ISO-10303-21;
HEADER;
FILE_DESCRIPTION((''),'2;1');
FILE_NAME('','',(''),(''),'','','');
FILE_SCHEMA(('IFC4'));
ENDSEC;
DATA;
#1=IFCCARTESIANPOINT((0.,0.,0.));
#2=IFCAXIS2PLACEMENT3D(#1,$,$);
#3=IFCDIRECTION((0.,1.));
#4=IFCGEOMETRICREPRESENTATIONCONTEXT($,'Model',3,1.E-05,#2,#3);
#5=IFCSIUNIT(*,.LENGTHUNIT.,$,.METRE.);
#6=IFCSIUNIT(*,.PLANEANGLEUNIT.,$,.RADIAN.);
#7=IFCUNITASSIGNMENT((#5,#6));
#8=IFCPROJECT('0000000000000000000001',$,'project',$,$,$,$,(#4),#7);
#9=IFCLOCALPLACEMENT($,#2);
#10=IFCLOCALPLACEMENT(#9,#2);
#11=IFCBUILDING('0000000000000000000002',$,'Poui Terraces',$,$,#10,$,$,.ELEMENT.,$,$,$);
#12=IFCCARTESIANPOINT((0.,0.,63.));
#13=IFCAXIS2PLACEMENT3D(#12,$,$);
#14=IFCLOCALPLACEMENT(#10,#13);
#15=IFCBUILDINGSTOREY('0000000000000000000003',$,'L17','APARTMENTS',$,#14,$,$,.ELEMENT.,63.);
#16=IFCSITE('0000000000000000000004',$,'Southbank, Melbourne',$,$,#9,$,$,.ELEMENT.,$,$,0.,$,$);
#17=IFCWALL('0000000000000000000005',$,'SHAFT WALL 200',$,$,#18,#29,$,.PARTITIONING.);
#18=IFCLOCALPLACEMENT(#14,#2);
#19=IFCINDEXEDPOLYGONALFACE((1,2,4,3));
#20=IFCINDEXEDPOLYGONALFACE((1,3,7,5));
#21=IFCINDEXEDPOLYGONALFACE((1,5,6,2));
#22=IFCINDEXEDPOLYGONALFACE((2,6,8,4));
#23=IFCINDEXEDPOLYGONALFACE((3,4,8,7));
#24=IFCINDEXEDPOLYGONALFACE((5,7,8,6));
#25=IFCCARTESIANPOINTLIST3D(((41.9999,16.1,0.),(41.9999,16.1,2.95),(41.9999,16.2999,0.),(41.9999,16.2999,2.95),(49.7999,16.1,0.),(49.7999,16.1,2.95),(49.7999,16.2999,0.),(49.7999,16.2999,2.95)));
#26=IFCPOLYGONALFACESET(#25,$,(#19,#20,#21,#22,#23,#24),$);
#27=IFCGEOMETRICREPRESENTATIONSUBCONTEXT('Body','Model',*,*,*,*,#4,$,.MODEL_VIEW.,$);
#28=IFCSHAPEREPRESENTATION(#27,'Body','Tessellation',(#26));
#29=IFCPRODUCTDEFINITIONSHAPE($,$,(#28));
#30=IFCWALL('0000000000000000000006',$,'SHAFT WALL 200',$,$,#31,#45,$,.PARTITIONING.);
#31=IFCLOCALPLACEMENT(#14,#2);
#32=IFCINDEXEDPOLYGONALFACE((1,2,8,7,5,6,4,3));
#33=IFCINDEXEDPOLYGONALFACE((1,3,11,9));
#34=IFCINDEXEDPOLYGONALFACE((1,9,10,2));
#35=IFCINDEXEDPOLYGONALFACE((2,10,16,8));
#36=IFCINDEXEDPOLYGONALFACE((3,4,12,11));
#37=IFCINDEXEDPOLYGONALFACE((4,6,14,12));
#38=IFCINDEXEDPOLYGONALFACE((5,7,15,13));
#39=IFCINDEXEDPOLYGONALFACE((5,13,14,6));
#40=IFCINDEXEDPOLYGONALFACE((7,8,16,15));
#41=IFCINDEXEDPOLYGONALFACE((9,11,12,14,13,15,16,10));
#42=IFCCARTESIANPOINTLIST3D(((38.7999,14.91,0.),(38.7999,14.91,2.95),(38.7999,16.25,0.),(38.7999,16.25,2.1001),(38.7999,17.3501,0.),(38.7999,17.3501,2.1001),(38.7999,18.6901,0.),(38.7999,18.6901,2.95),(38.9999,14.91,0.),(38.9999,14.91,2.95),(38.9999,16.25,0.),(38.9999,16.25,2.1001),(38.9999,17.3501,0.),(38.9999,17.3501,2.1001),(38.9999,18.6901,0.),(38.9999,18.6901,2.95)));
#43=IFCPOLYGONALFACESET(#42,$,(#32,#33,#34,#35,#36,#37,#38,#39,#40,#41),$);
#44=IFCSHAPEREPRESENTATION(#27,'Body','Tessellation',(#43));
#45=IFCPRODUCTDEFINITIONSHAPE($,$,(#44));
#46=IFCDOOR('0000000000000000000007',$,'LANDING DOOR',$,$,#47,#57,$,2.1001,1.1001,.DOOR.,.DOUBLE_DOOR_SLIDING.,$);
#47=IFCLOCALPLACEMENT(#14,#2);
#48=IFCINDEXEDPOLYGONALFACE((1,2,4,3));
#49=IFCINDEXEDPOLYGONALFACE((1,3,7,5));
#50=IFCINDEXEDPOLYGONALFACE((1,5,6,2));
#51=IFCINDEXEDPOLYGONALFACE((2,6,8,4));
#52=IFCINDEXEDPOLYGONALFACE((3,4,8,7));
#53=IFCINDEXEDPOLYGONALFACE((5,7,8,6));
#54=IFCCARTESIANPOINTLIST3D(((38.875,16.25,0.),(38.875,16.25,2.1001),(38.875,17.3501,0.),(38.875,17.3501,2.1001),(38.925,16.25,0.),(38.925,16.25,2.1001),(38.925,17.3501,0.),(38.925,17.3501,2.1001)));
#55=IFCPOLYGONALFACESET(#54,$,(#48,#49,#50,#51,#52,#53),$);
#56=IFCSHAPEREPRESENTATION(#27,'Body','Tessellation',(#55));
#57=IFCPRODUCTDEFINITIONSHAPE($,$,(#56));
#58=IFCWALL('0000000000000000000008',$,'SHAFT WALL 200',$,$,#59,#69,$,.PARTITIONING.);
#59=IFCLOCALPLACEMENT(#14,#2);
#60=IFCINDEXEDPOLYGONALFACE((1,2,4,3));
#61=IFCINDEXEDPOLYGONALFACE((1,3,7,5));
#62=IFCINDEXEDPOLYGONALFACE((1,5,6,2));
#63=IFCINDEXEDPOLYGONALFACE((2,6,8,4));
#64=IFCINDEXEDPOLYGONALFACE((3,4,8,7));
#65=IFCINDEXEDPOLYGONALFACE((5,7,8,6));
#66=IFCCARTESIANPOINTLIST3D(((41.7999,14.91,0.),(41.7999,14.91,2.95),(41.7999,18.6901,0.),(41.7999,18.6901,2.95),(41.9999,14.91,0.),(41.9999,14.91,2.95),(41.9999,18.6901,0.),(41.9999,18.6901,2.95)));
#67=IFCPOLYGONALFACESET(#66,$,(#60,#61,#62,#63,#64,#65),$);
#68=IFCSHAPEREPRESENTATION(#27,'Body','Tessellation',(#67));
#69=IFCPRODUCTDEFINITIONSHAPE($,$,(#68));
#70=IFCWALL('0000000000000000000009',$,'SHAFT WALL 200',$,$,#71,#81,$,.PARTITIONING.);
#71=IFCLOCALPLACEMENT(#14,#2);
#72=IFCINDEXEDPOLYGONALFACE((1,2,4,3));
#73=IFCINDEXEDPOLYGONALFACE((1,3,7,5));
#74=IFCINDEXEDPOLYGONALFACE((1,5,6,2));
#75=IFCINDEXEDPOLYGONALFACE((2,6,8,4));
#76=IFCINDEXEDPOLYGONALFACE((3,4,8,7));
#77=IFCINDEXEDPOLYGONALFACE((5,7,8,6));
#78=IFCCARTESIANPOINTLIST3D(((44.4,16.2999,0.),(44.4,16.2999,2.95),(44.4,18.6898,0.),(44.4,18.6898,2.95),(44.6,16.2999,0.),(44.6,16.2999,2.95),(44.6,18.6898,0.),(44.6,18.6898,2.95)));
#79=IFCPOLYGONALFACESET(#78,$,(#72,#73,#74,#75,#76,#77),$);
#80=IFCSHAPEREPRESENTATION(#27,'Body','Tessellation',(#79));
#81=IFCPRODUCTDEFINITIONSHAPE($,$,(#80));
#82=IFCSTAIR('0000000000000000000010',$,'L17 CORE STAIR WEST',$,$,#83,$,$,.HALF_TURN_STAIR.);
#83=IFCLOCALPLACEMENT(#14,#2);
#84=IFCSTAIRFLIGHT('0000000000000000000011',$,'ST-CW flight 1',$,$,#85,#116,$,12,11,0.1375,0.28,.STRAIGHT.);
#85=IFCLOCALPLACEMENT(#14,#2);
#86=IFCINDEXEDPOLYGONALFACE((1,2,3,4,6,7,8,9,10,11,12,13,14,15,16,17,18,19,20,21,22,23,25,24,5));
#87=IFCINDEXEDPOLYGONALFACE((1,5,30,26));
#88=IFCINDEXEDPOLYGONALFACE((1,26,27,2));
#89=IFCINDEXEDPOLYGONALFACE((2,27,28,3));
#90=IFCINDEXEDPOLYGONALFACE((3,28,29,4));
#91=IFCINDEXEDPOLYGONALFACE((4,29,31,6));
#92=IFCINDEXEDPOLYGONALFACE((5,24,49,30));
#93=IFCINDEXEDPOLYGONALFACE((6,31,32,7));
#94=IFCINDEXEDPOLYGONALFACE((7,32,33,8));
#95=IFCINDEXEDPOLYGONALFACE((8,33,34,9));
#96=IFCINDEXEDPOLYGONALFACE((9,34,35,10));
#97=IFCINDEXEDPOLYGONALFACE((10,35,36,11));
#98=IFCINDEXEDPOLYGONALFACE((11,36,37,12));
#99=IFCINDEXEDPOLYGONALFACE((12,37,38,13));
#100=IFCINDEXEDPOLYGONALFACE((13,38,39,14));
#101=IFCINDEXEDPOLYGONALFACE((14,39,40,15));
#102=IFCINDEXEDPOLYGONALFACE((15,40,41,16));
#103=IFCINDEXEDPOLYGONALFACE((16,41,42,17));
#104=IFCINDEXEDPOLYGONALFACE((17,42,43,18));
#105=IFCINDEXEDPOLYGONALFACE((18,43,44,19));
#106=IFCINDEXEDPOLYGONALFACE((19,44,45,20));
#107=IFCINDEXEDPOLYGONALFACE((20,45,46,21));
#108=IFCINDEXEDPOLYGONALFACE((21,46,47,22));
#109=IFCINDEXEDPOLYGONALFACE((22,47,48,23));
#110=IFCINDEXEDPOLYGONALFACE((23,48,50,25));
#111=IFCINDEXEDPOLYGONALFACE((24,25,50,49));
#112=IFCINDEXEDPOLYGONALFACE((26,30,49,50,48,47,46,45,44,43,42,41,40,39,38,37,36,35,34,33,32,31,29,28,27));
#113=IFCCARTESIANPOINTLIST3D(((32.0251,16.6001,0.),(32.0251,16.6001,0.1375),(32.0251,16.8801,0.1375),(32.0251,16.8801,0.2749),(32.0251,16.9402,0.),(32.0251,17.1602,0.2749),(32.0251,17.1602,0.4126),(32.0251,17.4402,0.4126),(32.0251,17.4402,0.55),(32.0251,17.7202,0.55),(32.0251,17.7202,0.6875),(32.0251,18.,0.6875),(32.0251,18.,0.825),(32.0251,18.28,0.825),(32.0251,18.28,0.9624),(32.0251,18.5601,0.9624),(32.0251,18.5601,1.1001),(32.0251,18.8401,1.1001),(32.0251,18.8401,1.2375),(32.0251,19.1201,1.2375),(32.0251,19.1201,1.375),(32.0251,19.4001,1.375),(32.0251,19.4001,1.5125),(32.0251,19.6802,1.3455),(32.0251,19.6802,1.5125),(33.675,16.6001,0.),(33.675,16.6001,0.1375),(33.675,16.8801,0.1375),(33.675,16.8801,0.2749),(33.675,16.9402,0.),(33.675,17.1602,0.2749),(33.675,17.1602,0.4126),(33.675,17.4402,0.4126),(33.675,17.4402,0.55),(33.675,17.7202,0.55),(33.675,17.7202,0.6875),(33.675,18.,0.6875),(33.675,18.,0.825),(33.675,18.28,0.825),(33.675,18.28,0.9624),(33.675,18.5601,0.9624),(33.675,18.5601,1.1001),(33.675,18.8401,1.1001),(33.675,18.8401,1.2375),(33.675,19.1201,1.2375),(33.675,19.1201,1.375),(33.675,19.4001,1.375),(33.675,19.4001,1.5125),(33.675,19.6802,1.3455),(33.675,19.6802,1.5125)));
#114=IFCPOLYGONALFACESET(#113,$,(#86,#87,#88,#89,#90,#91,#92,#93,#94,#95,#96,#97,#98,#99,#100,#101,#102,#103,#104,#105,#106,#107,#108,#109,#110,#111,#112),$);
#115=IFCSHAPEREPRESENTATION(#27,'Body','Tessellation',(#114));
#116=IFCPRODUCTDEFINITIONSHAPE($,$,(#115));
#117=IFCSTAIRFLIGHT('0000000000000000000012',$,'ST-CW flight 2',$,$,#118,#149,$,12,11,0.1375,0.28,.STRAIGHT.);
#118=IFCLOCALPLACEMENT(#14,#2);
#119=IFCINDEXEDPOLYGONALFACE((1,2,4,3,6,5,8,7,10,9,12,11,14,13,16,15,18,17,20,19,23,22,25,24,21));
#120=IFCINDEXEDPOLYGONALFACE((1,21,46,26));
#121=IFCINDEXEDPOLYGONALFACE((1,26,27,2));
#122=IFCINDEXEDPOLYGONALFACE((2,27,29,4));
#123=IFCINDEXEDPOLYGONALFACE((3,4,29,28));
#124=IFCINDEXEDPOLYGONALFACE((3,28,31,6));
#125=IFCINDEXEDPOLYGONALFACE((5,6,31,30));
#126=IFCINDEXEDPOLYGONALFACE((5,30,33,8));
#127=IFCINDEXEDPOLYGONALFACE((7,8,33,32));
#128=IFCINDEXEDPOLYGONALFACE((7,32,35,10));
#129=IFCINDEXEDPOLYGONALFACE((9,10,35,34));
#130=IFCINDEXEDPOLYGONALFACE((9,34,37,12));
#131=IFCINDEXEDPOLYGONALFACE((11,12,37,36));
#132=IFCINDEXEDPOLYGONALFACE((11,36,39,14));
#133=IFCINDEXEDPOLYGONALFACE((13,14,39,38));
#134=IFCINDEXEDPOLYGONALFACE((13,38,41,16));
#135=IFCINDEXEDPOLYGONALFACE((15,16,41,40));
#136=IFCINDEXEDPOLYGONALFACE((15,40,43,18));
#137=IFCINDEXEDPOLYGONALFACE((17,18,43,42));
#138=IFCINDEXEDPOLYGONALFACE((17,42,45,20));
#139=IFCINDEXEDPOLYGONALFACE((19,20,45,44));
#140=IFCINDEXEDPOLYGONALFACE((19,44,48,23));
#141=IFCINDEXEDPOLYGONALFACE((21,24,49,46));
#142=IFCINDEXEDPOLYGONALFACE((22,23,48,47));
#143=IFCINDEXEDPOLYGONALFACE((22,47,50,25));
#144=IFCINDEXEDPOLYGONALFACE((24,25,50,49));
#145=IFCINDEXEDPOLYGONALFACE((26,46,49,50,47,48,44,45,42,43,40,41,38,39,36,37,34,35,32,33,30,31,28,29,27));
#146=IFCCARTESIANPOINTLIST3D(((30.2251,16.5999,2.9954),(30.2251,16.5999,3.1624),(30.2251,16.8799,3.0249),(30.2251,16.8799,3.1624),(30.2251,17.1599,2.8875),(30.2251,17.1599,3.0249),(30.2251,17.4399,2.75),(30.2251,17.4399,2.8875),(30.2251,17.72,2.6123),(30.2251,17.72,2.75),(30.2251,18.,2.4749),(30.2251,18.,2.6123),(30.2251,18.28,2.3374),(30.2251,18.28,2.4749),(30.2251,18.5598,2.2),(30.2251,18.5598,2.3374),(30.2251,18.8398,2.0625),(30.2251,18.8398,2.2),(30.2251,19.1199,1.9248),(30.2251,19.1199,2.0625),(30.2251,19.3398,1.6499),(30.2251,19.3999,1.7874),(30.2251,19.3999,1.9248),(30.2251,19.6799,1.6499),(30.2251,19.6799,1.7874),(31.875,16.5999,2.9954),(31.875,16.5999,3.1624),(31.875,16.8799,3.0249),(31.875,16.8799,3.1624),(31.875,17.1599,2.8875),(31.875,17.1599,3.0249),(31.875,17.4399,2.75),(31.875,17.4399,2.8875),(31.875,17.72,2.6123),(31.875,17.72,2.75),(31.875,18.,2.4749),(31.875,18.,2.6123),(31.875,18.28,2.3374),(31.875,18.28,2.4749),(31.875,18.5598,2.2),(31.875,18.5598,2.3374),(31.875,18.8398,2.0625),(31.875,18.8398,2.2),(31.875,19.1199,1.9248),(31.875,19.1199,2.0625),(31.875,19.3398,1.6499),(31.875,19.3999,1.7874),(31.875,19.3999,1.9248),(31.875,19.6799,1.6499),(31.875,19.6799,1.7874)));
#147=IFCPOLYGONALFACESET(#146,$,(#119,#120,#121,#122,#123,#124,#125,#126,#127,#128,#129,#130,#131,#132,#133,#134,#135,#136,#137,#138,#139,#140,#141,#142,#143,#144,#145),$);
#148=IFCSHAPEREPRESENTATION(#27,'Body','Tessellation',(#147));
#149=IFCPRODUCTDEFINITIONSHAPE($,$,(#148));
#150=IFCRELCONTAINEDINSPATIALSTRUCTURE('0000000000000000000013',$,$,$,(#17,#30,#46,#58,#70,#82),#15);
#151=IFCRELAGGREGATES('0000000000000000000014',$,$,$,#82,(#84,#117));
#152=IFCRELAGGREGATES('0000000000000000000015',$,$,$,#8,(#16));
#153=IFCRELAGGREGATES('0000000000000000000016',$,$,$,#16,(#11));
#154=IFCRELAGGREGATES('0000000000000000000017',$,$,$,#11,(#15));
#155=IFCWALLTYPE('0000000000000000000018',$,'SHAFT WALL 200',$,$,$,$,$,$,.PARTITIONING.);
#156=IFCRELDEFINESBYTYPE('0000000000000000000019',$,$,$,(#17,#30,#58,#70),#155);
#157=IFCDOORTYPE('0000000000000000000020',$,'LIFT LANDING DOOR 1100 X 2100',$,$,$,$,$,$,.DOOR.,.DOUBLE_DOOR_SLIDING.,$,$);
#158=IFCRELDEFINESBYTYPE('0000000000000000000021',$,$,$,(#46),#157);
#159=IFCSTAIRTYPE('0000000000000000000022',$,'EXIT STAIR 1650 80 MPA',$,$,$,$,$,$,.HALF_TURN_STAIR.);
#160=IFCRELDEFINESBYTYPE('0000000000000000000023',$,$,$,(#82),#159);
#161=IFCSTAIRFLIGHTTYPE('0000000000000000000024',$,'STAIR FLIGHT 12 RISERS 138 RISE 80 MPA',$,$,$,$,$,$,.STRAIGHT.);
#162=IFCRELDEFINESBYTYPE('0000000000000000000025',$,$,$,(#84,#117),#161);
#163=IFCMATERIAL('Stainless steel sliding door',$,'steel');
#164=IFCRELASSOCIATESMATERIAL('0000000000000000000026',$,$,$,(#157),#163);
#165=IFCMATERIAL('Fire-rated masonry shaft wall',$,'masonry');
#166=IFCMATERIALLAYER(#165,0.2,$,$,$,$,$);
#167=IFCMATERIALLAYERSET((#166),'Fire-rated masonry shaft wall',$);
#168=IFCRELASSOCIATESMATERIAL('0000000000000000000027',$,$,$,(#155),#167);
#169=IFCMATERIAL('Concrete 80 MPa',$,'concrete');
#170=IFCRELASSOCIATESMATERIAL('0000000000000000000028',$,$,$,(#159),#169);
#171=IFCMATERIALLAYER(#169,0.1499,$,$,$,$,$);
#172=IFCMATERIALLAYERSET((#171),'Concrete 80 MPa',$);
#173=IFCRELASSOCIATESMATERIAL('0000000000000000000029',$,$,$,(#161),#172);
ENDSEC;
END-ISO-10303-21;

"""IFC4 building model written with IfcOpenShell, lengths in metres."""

from ifc_helpers import new_model, si_unit, direction, frame, frame_2d, origin, place, context, subcontext, project, spatial, polyline, rectangle, outline, extrude, material, layer, layer_set, type_object, element, fill, aggregate, save


model = new_model("IFC4")

# Units and contexts
model_context = context("Model", 3, precision=1e-05, world=origin(), true_north=direction((0.0, 1.0)))
body_context = subcontext(model_context, "Body", "Model", "MODEL_VIEW")
ifc_project = project(units=[si_unit("LENGTHUNIT", "METRE"), si_unit("PLANEANGLEUNIT", "RADIAN")], contexts=[model_context])

# Site, building, storey
site_placement = place(None, origin())
site = spatial("IfcSite", under=ifc_project, at=site_placement, Name="Southbank, Melbourne", CompositionType="ELEMENT", RefElevation=0.0)
building_placement = place(site_placement, origin())
building = spatial("IfcBuilding", under=site, at=building_placement, Name="Poui Terraces", CompositionType="ELEMENT")
storey_placement = place(building_placement, frame((0.0, 0.0, 63.0)))
storey = spatial("IfcBuildingStorey", under=building, at=storey_placement, Name="L17", Description="APARTMENTS", CompositionType="ELEMENT", Elevation=63.0)

# Shared definitions
ifc_material_1 = material(Name="Concrete 80 MPa", Category="concrete")
ifc_material_2 = material(Name="Stainless steel sliding door", Category="steel")
door_type_1 = type_object("IfcDoorType", Name="LIFT LANDING DOOR 1100 X 2100", OperationType="DOUBLE_DOOR_SLIDING", PredefinedType="DOOR", material=ifc_material_2)

# Wall
ifc_material_3 = material(Name="Fire-rated masonry shaft wall", Category="masonry")
ifc_layer_1 = layer(ifc_material_3, 0.2)
ifc_layer_set_1 = layer_set([ifc_layer_1], Name="Fire-rated masonry shaft wall")
wall_type_1 = type_object("IfcWallType", Name="SHAFT WALL 200", PredefinedType="PARTITIONING", material=ifc_layer_set_1)
wall_1_placement = place(storey_placement, frame((42.0, 16.2, 0.0), z_axis=(0.0, 0.0, 1.0), x_axis=(1.0, 0.0, 0.0)))
element("IfcWall", 1, at=wall_1_placement, inside=storey, type_object=wall_type_1, Name="SHAFT WALL 200", PredefinedType="PARTITIONING", context=body_context, shape_type="SweptSolid", body=[
    extrude(rectangle(XDim=7.8, YDim=0.2, at=frame_2d((3.8999, 0.0))), origin(), (0.0, 0.0, 1.0), 2.95),
])

# Wall, opening, door
wall_2_placement = place(storey_placement, frame((38.8999, 14.9099, 0.0), z_axis=(0.0, 0.0, 1.0), x_axis=(0.0, 1.0, 0.0)))
wall_2 = element("IfcWall", 2, at=wall_2_placement, inside=storey, type_object=wall_type_1, Name="SHAFT WALL 200", PredefinedType="PARTITIONING", context=body_context, shape_type="SweptSolid", body=[
    extrude(rectangle(XDim=3.78, YDim=0.2, at=frame_2d((1.8901, 0.0))), origin(), (0.0, 0.0, 1.0), 2.95),
])
opening_1_placement = place(wall_2_placement, frame((1.3401, 0.0, 0.0)))
opening_1 = element("IfcOpeningElement", 3, at=opening_1_placement, cuts=wall_2, PredefinedType="OPENING", context=body_context, shape_type="SweptSolid", body=[
    extrude(rectangle(XDim=1.1001, YDim=2.1001, at=frame_2d((0.55, 1.05))), frame((0.0, 0.1099, 0.0), z_axis=(0.0, -1.0, 0.0), x_axis=(1.0, 0.0, 0.0)), (0.0, 0.0, 1.0), 0.22),
])
door_1_placement = place(opening_1_placement, origin())
door_1 = element("IfcDoor", 4, at=door_1_placement, inside=storey, type_object=door_type_1, Name="LANDING DOOR", OperationType="DOUBLE_DOOR_SLIDING", OverallHeight=2.1001, OverallWidth=1.1001, PredefinedType="DOOR", context=body_context, shape_type="SweptSolid", body=[
    extrude(rectangle(XDim=1.1001, YDim=2.1001, at=frame_2d((0.55, 1.05))), frame((0.0, 0.0249, 0.0), z_axis=(0.0, -1.0, 0.0), x_axis=(1.0, 0.0, 0.0)), (0.0, 0.0, 1.0), 0.05),
])
fill(opening_1, door_1)

# Walls
wall_3_placement = place(storey_placement, frame((41.8999, 14.9099, 0.0), z_axis=(0.0, 0.0, 1.0), x_axis=(0.0, 1.0, 0.0)))
element("IfcWall", 5, at=wall_3_placement, inside=storey, type_object=wall_type_1, Name="SHAFT WALL 200", PredefinedType="PARTITIONING", context=body_context, shape_type="SweptSolid", body=[
    extrude(rectangle(XDim=3.78, YDim=0.2, at=frame_2d((1.8901, 0.0))), origin(), (0.0, 0.0, 1.0), 2.95),
])
wall_4_placement = place(storey_placement, frame((44.5, 16.3, 0.0), z_axis=(0.0, 0.0, 1.0), x_axis=(0.0, 1.0, 0.0)))
element("IfcWall", 6, at=wall_4_placement, inside=storey, type_object=wall_type_1, Name="SHAFT WALL 200", PredefinedType="PARTITIONING", context=body_context, shape_type="SweptSolid", body=[
    extrude(rectangle(XDim=2.3899, YDim=0.2, at=frame_2d((1.1948, 0.0))), origin(), (0.0, 0.0, 1.0), 2.95),
])

# Stair, stair flights
stair_type = type_object("IfcStairType", Name="EXIT STAIR 1650 80 MPA", PredefinedType="HALF_TURN_STAIR", material=ifc_material_1)
stair_placement = place(storey_placement, origin())
stair = element("IfcStair", 7, at=stair_placement, inside=storey, type_object=stair_type, Name="L17 CORE STAIR WEST", PredefinedType="HALF_TURN_STAIR")
ifc_layer_2 = layer(ifc_material_1, 0.1499)
ifc_layer_set_2 = layer_set([ifc_layer_2], Name="Concrete 80 MPa")
stair_flight_type = type_object("IfcStairFlightType", Name="STAIR FLIGHT 12 RISERS 138 RISE 80 MPA", PredefinedType="STRAIGHT", material=ifc_layer_set_2)
stair_flight_1_placement = place(storey_placement, frame((32.8501, 16.6001, 0.0), z_axis=(0.0, 0.0, 1.0), x_axis=(0.0, 1.0, 0.0)))
stair_flight_1 = element("IfcStairFlight", 8, at=stair_flight_1_placement, type_object=stair_flight_type, Name="ST-CW flight 1", NumberOfRisers=12, NumberOfTreads=11, PredefinedType="STRAIGHT", RiserHeight=0.1375, TreadLength=0.28, context=body_context, shape_type="SweptSolid", body=[
    extrude(outline(polyline([(0.0, 0.0), (0.0, 0.1375), (0.28, 0.1375), (0.28, 0.2749), (0.5601, 0.2749), (0.5601, 0.4126), (0.8401, 0.4126), (0.8401, 0.55), (1.1201, 0.55), (1.1201, 0.6875), (1.3999, 0.6875), (1.3999, 0.825), (1.6799, 0.825), (1.6799, 0.9624), (1.96, 0.9624), (1.96, 1.1001), (2.24, 1.1001), (2.24, 1.2375), (2.52, 1.2375), (2.52, 1.375), (2.8, 1.375), (2.8, 1.5125), (3.0801, 1.5125), (3.0801, 1.6499), (3.0801, 1.3455), (0.3401, 0.0), (0.0, 0.0)])), frame((0.0, 0.825, 0.0), z_axis=(0.0, -1.0, 0.0), x_axis=(1.0, 0.0, 0.0)), (0.0, 0.0, 1.0), 1.6499),
])
stair_flight_2_placement = place(storey_placement, frame((31.05, 19.6799, 1.6499), z_axis=(0.0, 0.0, 1.0), x_axis=(0.0, -1.0, 0.0)))
stair_flight_2 = element("IfcStairFlight", 9, at=stair_flight_2_placement, type_object=stair_flight_type, Name="ST-CW flight 2", NumberOfRisers=12, NumberOfTreads=11, PredefinedType="STRAIGHT", RiserHeight=0.1375, TreadLength=0.28, context=body_context, shape_type="SweptSolid", body=[
    extrude(outline(polyline([(0.0, 0.0), (0.0, 0.1375), (0.28, 0.1375), (0.28, 0.2749), (0.5601, 0.2749), (0.5601, 0.4126), (0.8401, 0.4126), (0.8401, 0.55), (1.1201, 0.55), (1.1201, 0.6875), (1.3999, 0.6875), (1.3999, 0.825), (1.6799, 0.825), (1.6799, 0.9624), (1.96, 0.9624), (1.96, 1.1001), (2.24, 1.1001), (2.24, 1.2375), (2.52, 1.2375), (2.52, 1.375), (2.8, 1.375), (2.8, 1.5125), (3.0801, 1.5125), (3.0801, 1.6499), (3.0801, 1.3455), (0.3401, 0.0), (0.0, 0.0)])), frame((0.0, 0.825, 0.0), z_axis=(0.0, -1.0, 0.0), x_axis=(1.0, 0.0, 0.0)), (0.0, 0.0, 1.0), 1.6499),
])
aggregate(stair, [stair_flight_1, stair_flight_2])

save(model, "model.ifc")
